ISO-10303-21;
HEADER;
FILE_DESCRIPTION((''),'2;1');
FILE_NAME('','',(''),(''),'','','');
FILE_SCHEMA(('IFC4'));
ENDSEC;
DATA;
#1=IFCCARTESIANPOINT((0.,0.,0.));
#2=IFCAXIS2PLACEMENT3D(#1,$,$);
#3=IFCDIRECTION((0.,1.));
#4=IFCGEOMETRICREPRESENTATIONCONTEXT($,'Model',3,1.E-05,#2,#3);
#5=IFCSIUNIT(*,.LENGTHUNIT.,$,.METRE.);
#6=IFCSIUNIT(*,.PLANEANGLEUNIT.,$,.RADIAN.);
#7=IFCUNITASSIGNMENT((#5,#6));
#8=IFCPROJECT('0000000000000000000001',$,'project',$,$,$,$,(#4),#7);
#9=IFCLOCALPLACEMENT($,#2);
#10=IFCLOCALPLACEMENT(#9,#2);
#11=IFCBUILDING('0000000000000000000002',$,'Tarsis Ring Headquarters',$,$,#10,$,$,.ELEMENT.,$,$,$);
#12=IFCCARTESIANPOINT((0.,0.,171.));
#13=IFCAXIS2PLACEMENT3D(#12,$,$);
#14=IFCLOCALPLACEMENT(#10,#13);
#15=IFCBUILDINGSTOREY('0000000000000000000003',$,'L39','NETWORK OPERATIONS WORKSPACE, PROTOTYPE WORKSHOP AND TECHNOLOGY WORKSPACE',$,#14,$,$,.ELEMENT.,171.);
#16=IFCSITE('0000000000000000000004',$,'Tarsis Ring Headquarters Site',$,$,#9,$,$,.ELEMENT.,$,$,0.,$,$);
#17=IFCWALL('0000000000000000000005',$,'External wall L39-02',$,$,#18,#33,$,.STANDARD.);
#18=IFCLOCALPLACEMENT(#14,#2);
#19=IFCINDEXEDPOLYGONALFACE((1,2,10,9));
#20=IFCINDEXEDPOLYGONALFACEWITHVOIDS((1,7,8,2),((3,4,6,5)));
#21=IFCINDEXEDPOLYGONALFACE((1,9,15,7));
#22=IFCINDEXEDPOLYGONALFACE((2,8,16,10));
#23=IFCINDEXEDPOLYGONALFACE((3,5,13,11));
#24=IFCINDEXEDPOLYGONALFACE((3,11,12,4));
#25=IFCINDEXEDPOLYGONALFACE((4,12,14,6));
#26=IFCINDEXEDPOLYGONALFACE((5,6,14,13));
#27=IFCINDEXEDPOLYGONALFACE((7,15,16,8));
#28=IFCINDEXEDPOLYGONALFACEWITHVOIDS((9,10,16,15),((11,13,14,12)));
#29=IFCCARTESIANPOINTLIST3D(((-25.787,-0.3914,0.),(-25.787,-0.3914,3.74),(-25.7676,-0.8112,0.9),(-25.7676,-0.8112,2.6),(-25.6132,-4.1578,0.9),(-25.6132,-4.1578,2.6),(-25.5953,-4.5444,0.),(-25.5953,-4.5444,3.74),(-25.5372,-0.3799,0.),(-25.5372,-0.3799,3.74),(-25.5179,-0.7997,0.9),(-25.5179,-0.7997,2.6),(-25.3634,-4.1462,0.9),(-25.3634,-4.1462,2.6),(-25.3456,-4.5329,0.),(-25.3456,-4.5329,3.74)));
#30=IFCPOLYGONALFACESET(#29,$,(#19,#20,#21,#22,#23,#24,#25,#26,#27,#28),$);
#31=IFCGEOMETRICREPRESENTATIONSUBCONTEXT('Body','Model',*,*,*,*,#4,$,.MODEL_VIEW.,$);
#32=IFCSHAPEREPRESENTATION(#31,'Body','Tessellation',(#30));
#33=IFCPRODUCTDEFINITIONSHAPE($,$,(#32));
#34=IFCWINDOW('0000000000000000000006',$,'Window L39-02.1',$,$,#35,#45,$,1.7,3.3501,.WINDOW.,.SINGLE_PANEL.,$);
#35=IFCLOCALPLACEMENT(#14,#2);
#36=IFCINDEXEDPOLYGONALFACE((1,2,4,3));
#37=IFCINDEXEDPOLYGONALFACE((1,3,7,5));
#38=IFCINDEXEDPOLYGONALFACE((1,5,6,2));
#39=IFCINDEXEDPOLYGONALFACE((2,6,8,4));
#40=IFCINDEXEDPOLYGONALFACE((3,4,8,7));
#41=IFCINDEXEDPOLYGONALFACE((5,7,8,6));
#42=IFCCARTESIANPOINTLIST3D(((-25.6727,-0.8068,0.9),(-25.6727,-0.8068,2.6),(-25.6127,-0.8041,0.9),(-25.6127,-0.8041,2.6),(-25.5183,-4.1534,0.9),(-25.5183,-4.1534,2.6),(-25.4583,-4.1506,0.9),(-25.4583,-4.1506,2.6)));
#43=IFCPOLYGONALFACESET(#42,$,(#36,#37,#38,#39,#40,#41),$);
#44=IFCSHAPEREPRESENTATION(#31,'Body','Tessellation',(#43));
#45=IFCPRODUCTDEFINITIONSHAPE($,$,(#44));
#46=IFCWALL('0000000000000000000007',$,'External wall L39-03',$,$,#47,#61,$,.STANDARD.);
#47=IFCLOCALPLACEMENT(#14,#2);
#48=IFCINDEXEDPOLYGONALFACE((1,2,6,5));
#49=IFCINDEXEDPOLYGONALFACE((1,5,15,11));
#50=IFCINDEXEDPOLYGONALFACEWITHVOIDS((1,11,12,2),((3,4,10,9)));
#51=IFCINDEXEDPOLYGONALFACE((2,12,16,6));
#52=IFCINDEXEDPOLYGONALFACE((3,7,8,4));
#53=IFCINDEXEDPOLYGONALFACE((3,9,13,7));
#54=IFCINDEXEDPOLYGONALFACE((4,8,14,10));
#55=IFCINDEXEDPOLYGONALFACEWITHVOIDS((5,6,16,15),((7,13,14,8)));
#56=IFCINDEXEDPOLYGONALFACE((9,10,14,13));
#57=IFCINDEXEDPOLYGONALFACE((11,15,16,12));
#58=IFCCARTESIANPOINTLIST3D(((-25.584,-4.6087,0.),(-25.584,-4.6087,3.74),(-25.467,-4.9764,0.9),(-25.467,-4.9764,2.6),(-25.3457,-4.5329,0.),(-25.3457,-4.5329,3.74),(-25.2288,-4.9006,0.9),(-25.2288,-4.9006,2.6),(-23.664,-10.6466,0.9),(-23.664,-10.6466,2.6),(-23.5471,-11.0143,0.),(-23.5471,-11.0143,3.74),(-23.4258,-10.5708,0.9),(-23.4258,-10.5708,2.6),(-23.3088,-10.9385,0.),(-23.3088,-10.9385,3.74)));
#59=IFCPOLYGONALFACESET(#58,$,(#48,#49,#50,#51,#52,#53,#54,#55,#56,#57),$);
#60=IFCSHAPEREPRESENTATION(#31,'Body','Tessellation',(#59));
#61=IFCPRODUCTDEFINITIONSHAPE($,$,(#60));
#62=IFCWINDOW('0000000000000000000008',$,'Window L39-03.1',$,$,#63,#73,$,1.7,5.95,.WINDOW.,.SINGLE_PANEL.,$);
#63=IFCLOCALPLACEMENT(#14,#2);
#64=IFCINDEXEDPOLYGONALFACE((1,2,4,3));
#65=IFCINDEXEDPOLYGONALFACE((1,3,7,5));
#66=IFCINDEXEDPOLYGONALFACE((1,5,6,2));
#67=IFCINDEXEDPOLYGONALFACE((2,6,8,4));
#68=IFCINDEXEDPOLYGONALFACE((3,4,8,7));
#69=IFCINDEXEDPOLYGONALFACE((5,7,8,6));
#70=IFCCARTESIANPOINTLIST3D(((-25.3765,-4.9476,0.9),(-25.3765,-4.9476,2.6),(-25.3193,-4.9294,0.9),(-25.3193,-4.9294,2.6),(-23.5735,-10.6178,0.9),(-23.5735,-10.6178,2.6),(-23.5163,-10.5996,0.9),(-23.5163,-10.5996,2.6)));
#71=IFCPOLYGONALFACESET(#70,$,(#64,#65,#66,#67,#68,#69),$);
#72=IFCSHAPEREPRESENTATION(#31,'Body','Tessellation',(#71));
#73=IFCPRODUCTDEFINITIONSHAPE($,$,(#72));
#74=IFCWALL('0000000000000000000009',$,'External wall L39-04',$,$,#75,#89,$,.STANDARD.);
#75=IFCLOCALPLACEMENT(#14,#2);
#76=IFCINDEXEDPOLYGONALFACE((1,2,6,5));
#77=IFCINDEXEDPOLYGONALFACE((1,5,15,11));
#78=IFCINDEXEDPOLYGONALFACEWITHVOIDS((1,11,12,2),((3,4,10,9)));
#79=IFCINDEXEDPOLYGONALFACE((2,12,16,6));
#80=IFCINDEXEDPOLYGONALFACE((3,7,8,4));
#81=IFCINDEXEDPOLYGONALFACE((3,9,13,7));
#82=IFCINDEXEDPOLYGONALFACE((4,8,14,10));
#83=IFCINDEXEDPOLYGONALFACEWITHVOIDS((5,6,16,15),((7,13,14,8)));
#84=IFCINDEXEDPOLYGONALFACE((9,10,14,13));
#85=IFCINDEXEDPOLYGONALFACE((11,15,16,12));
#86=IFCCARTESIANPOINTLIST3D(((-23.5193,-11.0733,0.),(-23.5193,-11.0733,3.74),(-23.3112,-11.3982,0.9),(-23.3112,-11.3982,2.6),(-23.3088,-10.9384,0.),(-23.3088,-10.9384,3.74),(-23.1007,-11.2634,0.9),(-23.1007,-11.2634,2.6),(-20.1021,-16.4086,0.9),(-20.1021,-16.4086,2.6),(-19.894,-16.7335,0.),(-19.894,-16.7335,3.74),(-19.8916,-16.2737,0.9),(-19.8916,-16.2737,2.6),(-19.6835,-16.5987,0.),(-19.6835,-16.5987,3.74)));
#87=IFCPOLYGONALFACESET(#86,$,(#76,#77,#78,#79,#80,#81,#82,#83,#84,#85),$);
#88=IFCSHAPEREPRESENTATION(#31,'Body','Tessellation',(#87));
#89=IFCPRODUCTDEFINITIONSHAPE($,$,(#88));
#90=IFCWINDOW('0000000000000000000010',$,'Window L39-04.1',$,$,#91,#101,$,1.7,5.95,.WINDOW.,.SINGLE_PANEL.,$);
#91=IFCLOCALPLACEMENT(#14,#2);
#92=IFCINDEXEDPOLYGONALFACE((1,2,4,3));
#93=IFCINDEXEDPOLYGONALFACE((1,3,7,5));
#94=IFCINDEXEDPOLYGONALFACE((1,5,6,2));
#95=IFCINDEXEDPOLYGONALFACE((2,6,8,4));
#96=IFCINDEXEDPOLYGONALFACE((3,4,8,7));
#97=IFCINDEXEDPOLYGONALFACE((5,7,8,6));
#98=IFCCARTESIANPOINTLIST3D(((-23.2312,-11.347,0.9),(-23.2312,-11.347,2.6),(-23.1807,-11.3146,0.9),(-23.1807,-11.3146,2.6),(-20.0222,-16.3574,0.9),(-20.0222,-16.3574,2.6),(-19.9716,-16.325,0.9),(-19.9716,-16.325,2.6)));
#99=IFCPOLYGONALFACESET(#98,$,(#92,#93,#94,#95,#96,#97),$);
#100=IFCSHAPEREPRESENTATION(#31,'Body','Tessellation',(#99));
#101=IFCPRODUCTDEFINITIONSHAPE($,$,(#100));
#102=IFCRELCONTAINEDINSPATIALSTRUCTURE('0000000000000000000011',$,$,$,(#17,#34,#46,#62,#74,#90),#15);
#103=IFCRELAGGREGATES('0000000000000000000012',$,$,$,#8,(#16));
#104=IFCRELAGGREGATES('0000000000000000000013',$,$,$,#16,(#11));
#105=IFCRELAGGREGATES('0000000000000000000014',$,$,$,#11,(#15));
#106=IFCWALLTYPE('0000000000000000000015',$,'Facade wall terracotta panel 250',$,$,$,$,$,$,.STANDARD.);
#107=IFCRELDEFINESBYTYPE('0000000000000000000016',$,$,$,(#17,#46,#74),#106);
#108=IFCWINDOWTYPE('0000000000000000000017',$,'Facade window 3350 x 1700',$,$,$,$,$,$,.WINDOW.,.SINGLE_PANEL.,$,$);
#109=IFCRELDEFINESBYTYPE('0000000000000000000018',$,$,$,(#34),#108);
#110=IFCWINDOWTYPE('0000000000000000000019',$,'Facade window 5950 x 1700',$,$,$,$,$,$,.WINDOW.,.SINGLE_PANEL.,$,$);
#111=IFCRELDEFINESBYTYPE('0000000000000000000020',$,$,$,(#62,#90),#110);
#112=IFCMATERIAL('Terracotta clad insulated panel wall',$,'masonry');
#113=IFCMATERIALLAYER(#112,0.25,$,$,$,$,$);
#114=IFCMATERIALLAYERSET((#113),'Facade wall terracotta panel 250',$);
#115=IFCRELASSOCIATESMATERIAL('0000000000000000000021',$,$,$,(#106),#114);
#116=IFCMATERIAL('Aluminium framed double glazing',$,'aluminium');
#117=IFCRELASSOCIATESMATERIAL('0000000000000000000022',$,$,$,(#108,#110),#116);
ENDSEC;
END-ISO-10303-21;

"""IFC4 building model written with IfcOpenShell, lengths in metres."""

from ifc_helpers import new_model, si_unit, direction, frame, frame_2d, origin, place, context, subcontext, project, spatial, rectangle, extrude, material, layer, layer_set, type_object, element, fill, save


model = new_model("IFC4")

# Units and contexts
model_context = context("Model", 3, precision=1e-05, world=origin(), true_north=direction((0.0, 1.0)))
body_context = subcontext(model_context, "Body", "Model", "MODEL_VIEW")
ifc_project = project(units=[si_unit("LENGTHUNIT", "METRE"), si_unit("PLANEANGLEUNIT", "RADIAN")], contexts=[model_context])

# Site, building, storey
site_placement = place(None, origin())
site = spatial("IfcSite", under=ifc_project, at=site_placement, Name="Tarsis Ring Headquarters Site", CompositionType="ELEMENT", RefElevation=0.0)
building_placement = place(site_placement, origin())
building = spatial("IfcBuilding", under=site, at=building_placement, Name="Tarsis Ring Headquarters", CompositionType="ELEMENT")
storey_placement = place(building_placement, frame((0.0, 0.0, 171.0)))
storey = spatial("IfcBuildingStorey", under=building, at=storey_placement, Name="L39", Description="NETWORK OPERATIONS WORKSPACE, PROTOTYPE WORKSHOP AND TECHNOLOGY WORKSPACE", CompositionType="ELEMENT", Elevation=171.0)

# Walls, openings, windows
ifc_material_1 = material(Name="Terracotta clad insulated panel wall", Category="masonry")
ifc_layer_1 = layer(ifc_material_1, 0.25)
ifc_layer_set_1 = layer_set([ifc_layer_1], Name="Facade wall terracotta panel 250")
wall_type_1 = type_object("IfcWallType", Name="Facade wall terracotta panel 250", PredefinedType="STANDARD", material=ifc_layer_set_1)
wall_1_placement = place(storey_placement, frame((-25.6621, -0.3857, 0.0), z_axis=(0.0, 0.0, 1.0), x_axis=(0.046098, -0.998937, 0.0)))
wall_1 = element("IfcWall", 1, at=wall_1_placement, inside=storey, type_object=wall_type_1, Name="External wall L39-02", PredefinedType="STANDARD", context=body_context, shape_type="SweptSolid", body=[
    extrude(rectangle(XDim=4.1575, YDim=0.25, at=frame_2d((2.0786, 0.0))), origin(), (0.0, 0.0, 1.0), 3.74),
])
opening_1_placement = place(wall_1_placement, frame((0.4202, 0.0, 0.8999)))
opening_1 = element("IfcOpeningElement", 2, at=opening_1_placement, cuts=wall_1, PredefinedType="OPENING", context=body_context, shape_type="SweptSolid", body=[
    extrude(rectangle(XDim=3.3501, YDim=1.7, at=frame_2d((1.675, 0.8501))), frame((0.0, 0.135, 0.0), z_axis=(0.0, -1.0, 0.0), x_axis=(1.0, 0.0, 0.0)), (0.0, 0.0, 1.0), 0.27),
])
ifc_material_2 = material(Name="Aluminium framed double glazing", Category="aluminium")
window_type_1 = type_object("IfcWindowType", Name="Facade window 3350 x 1700", PartitioningType="SINGLE_PANEL", PredefinedType="WINDOW", material=ifc_material_2)
window_1_placement = place(opening_1_placement, origin())
window_1 = element("IfcWindow", 3, at=window_1_placement, inside=storey, type_object=window_type_1, Name="Window L39-02.1", OverallHeight=1.7, OverallWidth=3.3501, PartitioningType="SINGLE_PANEL", PredefinedType="WINDOW", context=body_context, shape_type="SweptSolid", body=[
    extrude(rectangle(XDim=3.3501, YDim=1.7, at=frame_2d((1.675, 0.8501))), frame((0.0, 0.03, 0.0), z_axis=(0.0, -1.0, 0.0), x_axis=(1.0, 0.0, 0.0)), (0.0, 0.0, 1.0), 0.0601),
])
fill(opening_1, window_1)
wall_2_placement = place(storey_placement, frame((-25.4648, -4.5708, 0.0), z_axis=(0.0, 0.0, 1.0), x_axis=(0.303034, -0.95298, 0.0)))
wall_2 = element("IfcWall", 4, at=wall_2_placement, inside=storey, type_object=wall_type_1, Name="External wall L39-03", PredefinedType="STANDARD", context=body_context, shape_type="SweptSolid", body=[
    extrude(rectangle(XDim=6.7217, YDim=0.25, at=frame_2d((3.3608, 0.0))), origin(), (0.0, 0.0, 1.0), 3.74),
])
opening_2_placement = place(wall_2_placement, frame((0.3857, 0.0, 0.8999)))
opening_2 = element("IfcOpeningElement", 5, at=opening_2_placement, cuts=wall_2, PredefinedType="OPENING", context=body_context, shape_type="SweptSolid", body=[
    extrude(rectangle(XDim=5.95, YDim=1.7, at=frame_2d((2.9751, 0.8501))), frame((0.0, 0.135, 0.0), z_axis=(0.0, -1.0, 0.0), x_axis=(1.0, 0.0, 0.0)), (0.0, 0.0, 1.0), 0.27),
])
window_type_2 = type_object("IfcWindowType", Name="Facade window 5950 x 1700", PartitioningType="SINGLE_PANEL", PredefinedType="WINDOW", material=ifc_material_2)
window_2_placement = place(opening_2_placement, origin())
window_2 = element("IfcWindow", 6, at=window_2_placement, inside=storey, type_object=window_type_2, Name="Window L39-03.1", OverallHeight=1.7, OverallWidth=5.95, PartitioningType="SINGLE_PANEL", PredefinedType="WINDOW", context=body_context, shape_type="SweptSolid", body=[
    extrude(rectangle(XDim=5.95, YDim=1.7, at=frame_2d((2.9751, 0.8501))), frame((0.0, 0.03, 0.0), z_axis=(0.0, -1.0, 0.0), x_axis=(1.0, 0.0, 0.0)), (0.0, 0.0, 1.0), 0.0601),
])
fill(opening_2, window_2)
wall_3_placement = place(storey_placement, frame((-23.4141, -11.0059, 0.0), z_axis=(0.0, 0.0, 1.0), x_axis=(0.539343, -0.842086, 0.0)))
wall_3 = element("IfcWall", 7, at=wall_3_placement, inside=storey, type_object=wall_type_1, Name="External wall L39-04", PredefinedType="STANDARD", context=body_context, shape_type="SweptSolid", body=[
    extrude(rectangle(XDim=6.7217, YDim=0.25, at=frame_2d((3.3608, 0.0))), origin(), (0.0, 0.0, 1.0), 3.74),
])
opening_3_placement = place(wall_3_placement, frame((0.3857, 0.0, 0.8999)))
opening_3 = element("IfcOpeningElement", 8, at=opening_3_placement, cuts=wall_3, PredefinedType="OPENING", context=body_context, shape_type="SweptSolid", body=[
    extrude(rectangle(XDim=5.95, YDim=1.7, at=frame_2d((2.9751, 0.8501))), frame((0.0, 0.135, 0.0), z_axis=(0.0, -1.0, 0.0), x_axis=(1.0, 0.0, 0.0)), (0.0, 0.0, 1.0), 0.27),
])
window_3_placement = place(opening_3_placement, origin())
window_3 = element("IfcWindow", 9, at=window_3_placement, inside=storey, type_object=window_type_2, Name="Window L39-04.1", OverallHeight=1.7, OverallWidth=5.95, PartitioningType="SINGLE_PANEL", PredefinedType="WINDOW", context=body_context, shape_type="SweptSolid", body=[
    extrude(rectangle(XDim=5.95, YDim=1.7, at=frame_2d((2.9751, 0.8501))), frame((0.0, 0.03, 0.0), z_axis=(0.0, -1.0, 0.0), x_axis=(1.0, 0.0, 0.0)), (0.0, 0.0, 1.0), 0.0601),
])
fill(opening_3, window_3)

save(model, "model.ifc")
